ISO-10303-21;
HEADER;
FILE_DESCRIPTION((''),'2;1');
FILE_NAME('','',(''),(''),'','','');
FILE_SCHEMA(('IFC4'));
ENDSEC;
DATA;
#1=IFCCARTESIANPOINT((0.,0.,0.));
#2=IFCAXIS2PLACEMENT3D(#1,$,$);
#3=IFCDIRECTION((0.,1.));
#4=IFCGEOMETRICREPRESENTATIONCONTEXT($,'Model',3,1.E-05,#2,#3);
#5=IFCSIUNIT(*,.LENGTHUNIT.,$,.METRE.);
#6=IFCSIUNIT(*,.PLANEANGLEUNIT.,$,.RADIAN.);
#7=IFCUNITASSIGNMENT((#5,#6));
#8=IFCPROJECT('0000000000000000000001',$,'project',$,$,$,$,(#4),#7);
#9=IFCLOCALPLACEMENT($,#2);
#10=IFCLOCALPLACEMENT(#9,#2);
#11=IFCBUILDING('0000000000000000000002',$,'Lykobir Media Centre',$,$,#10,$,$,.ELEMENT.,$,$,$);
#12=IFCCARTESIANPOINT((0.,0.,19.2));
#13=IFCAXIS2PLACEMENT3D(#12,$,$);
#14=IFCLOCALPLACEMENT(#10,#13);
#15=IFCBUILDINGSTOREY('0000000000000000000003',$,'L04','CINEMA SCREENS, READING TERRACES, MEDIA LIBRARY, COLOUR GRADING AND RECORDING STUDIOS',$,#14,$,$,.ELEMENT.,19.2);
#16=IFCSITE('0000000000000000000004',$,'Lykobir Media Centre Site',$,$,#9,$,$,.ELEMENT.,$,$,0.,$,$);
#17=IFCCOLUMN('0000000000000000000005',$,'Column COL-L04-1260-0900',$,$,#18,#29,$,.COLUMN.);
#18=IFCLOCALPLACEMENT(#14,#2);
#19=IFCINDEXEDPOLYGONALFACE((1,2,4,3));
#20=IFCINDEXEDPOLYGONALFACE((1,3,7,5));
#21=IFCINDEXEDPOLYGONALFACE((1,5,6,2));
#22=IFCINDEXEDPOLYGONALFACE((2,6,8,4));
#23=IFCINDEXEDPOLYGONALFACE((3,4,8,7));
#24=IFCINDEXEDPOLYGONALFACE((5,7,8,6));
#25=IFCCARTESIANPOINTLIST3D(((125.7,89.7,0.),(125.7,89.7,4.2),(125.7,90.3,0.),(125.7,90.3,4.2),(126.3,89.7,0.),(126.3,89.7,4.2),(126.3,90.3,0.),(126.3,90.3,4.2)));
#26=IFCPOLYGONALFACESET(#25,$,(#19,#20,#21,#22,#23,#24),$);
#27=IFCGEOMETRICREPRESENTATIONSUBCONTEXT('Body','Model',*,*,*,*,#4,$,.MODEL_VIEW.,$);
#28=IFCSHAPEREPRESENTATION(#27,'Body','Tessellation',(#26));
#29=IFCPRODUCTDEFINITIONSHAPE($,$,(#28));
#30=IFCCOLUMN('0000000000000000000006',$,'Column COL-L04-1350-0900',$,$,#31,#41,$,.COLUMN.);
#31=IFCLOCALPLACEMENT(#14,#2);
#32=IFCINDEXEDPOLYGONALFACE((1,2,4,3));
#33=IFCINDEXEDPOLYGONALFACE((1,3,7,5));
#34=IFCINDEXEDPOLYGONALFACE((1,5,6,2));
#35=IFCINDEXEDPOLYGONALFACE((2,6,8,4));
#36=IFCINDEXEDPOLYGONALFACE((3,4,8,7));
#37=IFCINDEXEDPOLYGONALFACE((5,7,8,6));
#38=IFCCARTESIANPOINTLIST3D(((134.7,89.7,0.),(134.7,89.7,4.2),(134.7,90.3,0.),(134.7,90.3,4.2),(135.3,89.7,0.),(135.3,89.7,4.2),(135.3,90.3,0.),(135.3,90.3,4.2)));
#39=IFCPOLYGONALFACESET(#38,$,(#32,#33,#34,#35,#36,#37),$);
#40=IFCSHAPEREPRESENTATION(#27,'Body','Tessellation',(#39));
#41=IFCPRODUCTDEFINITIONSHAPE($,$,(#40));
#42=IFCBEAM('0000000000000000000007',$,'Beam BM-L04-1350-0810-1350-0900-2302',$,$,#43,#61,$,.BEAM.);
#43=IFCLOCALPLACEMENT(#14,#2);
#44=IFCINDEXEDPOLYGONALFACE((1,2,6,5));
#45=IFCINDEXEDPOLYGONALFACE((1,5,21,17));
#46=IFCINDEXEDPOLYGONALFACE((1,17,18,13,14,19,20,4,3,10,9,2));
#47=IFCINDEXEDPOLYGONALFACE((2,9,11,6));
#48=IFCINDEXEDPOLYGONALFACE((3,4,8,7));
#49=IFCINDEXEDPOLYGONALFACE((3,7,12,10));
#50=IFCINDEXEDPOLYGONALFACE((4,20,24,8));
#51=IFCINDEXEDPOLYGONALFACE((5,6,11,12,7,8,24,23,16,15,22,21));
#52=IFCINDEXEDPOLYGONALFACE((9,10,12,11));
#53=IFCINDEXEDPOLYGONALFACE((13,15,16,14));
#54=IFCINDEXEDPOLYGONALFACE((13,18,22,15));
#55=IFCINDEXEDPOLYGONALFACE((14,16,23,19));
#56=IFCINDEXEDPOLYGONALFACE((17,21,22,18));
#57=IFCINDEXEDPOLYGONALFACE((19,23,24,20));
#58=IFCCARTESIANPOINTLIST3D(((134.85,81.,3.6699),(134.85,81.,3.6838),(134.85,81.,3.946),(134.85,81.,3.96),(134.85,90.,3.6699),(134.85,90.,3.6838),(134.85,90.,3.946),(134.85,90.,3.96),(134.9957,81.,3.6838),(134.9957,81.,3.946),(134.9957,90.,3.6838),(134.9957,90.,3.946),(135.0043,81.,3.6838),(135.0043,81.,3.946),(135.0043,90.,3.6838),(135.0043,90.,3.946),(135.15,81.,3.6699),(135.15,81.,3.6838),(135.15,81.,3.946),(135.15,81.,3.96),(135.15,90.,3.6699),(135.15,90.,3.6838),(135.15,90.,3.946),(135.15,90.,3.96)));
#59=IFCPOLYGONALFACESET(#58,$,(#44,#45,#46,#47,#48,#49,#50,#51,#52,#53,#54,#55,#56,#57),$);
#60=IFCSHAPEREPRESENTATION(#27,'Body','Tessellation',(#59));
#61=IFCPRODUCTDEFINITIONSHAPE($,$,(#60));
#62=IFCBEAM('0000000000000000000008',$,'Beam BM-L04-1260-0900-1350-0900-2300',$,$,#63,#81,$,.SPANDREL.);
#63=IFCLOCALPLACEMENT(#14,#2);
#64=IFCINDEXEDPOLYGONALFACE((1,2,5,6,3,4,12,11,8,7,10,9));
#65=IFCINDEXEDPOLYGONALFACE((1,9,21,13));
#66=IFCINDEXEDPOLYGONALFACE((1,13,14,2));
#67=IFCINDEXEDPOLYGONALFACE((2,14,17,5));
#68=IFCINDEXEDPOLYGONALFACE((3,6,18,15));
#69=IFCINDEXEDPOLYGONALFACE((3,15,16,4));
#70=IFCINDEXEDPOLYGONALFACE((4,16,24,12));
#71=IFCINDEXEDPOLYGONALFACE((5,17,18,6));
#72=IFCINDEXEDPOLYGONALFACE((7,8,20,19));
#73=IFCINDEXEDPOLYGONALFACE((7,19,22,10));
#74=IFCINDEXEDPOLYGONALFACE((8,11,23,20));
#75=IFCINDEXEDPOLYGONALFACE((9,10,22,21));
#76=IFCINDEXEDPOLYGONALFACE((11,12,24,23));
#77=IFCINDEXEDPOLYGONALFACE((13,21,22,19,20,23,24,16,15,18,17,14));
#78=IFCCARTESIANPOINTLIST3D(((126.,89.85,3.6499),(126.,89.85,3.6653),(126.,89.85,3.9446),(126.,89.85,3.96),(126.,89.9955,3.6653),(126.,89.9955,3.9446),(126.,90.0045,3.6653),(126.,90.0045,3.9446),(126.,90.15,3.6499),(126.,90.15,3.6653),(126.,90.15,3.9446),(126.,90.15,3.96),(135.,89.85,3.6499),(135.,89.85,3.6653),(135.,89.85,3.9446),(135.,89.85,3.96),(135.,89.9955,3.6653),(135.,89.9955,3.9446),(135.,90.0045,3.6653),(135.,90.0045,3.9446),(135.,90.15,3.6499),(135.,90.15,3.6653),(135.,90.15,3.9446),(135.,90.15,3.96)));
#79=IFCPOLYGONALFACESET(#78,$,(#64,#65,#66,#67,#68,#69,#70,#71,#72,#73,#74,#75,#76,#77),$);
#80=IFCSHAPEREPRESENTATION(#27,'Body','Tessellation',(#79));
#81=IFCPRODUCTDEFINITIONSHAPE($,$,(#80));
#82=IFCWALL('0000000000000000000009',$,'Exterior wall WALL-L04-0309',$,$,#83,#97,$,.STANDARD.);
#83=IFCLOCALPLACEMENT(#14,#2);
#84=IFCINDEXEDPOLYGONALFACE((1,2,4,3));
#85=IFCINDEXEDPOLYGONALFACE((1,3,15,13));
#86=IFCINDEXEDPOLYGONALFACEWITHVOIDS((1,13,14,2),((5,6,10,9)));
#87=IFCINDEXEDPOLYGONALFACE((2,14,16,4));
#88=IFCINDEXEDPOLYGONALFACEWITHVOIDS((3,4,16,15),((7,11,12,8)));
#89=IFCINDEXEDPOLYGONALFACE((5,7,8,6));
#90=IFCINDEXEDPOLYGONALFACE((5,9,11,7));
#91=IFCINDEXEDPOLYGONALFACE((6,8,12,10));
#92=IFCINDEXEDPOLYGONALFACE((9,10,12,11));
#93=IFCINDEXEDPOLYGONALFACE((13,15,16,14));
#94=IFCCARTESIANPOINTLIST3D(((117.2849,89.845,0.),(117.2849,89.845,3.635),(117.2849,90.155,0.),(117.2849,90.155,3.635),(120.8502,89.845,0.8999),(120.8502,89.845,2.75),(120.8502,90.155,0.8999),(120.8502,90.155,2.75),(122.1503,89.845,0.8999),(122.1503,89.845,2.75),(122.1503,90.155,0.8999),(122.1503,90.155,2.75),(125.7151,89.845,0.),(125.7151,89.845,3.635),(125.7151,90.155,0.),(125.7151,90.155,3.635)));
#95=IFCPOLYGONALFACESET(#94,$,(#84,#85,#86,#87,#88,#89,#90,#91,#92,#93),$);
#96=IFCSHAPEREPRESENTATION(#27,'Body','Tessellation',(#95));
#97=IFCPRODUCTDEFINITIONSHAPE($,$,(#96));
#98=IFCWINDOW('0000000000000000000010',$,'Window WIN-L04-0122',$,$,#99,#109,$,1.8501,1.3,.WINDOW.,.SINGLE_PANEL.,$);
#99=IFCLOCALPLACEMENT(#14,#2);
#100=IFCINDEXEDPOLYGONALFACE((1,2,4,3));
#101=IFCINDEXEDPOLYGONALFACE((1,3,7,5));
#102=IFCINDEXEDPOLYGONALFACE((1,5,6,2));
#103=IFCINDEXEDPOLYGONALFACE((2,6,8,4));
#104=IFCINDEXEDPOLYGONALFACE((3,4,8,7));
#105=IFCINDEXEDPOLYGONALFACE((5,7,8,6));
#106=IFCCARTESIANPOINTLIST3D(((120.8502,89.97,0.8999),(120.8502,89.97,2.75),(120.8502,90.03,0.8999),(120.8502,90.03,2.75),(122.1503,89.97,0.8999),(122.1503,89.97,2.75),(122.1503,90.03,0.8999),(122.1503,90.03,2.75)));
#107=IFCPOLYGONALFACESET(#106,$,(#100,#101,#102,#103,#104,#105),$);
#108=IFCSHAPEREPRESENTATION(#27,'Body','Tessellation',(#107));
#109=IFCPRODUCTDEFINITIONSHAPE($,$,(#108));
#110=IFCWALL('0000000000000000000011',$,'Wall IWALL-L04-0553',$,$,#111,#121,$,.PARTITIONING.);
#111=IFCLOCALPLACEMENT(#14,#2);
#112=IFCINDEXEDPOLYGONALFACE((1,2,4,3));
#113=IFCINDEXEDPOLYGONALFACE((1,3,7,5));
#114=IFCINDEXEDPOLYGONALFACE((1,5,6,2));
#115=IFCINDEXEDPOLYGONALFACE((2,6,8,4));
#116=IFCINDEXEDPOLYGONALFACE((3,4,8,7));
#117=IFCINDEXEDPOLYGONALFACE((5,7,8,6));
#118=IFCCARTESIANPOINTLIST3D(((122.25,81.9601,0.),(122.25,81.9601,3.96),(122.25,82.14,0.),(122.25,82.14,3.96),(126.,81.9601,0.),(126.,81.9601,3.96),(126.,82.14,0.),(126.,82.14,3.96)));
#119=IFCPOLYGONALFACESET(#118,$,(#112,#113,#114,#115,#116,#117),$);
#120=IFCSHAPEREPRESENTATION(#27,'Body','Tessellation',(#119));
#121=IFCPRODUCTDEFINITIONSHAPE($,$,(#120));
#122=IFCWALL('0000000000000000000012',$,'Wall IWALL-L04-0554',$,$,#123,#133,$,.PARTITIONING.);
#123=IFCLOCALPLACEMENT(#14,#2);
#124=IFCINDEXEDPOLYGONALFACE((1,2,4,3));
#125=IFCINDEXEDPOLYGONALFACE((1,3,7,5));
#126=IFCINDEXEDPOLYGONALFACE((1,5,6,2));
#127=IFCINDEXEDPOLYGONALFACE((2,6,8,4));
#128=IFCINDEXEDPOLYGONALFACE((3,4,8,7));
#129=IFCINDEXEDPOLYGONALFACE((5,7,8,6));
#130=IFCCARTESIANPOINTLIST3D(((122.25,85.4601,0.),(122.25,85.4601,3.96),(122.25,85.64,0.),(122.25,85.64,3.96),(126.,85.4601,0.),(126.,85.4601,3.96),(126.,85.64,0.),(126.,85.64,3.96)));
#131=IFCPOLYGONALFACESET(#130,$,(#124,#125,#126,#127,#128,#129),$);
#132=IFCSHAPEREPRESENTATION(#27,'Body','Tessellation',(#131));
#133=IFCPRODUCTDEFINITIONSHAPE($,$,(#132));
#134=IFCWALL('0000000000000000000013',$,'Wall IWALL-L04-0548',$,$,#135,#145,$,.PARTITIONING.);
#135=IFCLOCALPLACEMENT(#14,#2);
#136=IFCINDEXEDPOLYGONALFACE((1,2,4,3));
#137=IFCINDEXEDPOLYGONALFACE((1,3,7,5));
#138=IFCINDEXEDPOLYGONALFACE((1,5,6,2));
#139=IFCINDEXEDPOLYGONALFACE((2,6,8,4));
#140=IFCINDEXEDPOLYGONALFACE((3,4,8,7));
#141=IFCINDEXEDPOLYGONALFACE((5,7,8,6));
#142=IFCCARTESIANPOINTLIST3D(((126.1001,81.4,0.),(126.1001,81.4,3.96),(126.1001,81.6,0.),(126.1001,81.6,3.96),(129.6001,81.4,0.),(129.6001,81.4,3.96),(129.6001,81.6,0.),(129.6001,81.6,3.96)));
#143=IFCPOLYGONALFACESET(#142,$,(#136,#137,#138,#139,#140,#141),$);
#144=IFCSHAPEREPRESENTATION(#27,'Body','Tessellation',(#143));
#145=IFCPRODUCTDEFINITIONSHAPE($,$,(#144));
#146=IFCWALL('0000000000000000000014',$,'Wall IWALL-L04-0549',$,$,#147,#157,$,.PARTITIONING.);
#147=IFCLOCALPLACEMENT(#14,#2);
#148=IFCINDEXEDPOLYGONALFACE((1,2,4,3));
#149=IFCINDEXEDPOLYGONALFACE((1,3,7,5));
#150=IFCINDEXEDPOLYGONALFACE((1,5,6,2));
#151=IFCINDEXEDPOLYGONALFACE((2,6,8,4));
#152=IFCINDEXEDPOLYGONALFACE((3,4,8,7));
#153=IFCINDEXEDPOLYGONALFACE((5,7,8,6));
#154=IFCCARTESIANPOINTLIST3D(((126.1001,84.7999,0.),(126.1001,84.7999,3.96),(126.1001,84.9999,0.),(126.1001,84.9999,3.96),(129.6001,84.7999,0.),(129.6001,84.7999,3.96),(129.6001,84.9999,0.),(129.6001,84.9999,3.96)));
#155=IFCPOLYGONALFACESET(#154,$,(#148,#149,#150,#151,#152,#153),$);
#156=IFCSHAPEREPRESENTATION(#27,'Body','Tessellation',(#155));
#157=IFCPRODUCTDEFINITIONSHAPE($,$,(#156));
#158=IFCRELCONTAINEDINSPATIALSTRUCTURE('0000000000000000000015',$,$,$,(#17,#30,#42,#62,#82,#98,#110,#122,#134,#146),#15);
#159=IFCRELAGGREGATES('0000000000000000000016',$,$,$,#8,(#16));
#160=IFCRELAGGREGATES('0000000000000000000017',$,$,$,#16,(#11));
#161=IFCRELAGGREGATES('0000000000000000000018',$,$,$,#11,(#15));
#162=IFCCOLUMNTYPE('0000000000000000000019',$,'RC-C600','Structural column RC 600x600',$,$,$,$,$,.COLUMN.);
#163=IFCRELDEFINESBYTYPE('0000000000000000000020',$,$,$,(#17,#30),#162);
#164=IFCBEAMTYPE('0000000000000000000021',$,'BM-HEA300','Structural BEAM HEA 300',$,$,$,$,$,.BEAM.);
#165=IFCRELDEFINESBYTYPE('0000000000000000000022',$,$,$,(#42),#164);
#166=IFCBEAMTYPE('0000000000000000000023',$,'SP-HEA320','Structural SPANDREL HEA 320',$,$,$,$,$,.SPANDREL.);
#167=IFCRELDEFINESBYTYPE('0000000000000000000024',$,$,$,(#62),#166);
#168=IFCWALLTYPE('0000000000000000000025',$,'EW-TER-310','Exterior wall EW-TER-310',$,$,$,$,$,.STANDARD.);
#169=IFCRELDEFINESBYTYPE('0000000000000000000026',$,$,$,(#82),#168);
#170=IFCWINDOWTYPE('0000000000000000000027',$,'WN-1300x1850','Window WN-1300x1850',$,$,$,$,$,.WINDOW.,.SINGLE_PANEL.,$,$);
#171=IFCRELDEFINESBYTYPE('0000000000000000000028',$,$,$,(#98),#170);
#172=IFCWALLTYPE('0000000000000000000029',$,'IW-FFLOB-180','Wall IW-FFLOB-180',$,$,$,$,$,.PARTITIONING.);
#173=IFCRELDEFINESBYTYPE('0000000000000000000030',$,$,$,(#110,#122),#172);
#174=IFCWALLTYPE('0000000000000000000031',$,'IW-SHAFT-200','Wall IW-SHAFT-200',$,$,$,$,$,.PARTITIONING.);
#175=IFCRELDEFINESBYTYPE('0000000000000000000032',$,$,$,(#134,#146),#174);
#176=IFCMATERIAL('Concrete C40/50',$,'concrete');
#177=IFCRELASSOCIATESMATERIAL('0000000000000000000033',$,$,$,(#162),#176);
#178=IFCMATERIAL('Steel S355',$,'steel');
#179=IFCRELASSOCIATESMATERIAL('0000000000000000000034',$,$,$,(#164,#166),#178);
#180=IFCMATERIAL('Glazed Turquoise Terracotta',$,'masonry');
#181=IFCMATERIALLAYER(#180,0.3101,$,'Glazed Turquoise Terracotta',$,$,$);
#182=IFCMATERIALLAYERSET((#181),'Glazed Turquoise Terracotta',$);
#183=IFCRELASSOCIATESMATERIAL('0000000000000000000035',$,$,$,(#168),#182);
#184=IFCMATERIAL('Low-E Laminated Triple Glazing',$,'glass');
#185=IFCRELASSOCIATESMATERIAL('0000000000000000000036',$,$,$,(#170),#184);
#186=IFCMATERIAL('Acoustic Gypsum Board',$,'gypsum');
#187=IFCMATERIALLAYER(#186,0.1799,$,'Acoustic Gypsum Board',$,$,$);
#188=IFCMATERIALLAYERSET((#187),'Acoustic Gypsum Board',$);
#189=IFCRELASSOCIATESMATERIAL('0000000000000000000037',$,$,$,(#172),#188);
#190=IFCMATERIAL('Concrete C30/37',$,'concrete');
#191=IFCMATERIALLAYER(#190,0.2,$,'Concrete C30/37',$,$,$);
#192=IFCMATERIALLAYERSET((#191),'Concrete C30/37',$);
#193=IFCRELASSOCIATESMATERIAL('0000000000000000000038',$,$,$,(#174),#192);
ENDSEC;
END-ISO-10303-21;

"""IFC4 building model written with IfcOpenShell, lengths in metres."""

from ifc_helpers import new_model, si_unit, direction, frame, frame_2d, origin, origin_2d, place, context, subcontext, project, spatial, rectangle, i_section, extrude, material, layer, layer_set, material_profile, profile_set, type_object, element, fill, save


model = new_model("IFC4")

# Units and contexts
model_context = context("Model", 3, precision=1e-05, world=origin(), true_north=direction((0.0, 1.0)))
body_context = subcontext(model_context, "Body", "Model", "MODEL_VIEW")
ifc_project = project(units=[si_unit("LENGTHUNIT", "METRE"), si_unit("PLANEANGLEUNIT", "RADIAN")], contexts=[model_context])

# Site, building, storey
site_placement = place(None, origin())
site = spatial("IfcSite", under=ifc_project, at=site_placement, Name="Lykobir Media Centre Site", CompositionType="ELEMENT", RefElevation=0.0)
building_placement = place(site_placement, origin())
building = spatial("IfcBuilding", under=site, at=building_placement, Name="Lykobir Media Centre", CompositionType="ELEMENT")
storey_placement = place(building_placement, frame((0.0, 0.0, 19.2)))
storey = spatial("IfcBuildingStorey", under=building, at=storey_placement, Name="L04", Description="CINEMA SCREENS, READING TERRACES, MEDIA LIBRARY, COLOUR GRADING AND RECORDING STUDIOS", CompositionType="ELEMENT", Elevation=19.2)

# Columns
ifc_material_1 = material(Name="Concrete C40/50", Category="concrete")
ifc_material_profile_1 = material_profile(ifc_material_1, rectangle(XDim=0.6001, YDim=0.6001, at=origin_2d()), Name="RC 600x600")
ifc_profile_set_1 = profile_set([ifc_material_profile_1], Name="Concrete C40/50")
column_type = type_object("IfcColumnType", Name="RC-C600", Description="Structural column RC 600x600", PredefinedType="COLUMN", material=ifc_profile_set_1)
for number, where, z_axis, x_axis, name in (
    (1, (126.0, 90.0, 0.0), (0.0, 0.0, 1.0), (1.0, 0.0, 0.0), "Column COL-L04-1260-0900"),
    (2, (135.0, 90.0, 0.0), (0.0, 0.0, 1.0), (1.0, 0.0, 0.0), "Column COL-L04-1350-0900"),
):
    element("IfcColumn", number, at=place(storey_placement, frame(where, z_axis=z_axis, x_axis=x_axis)), inside=storey, type_object=column_type, Name=name, PredefinedType="COLUMN", context=body_context, shape_type="SweptSolid", body=[
        extrude(rectangle(XDim=0.6001, YDim=0.6001, at=origin_2d()), origin(), (0.0, 0.0, 1.0), 4.2),
    ])

# Beams
ifc_material_2 = material(Name="Steel S355", Category="steel")
ifc_material_profile_2 = material_profile(ifc_material_2, i_section(OverallWidth=0.3, OverallDepth=0.29, WebThickness=0.0085, FlangeThickness=0.0139, at=origin_2d()), Name="HEA 300")
ifc_profile_set_2 = profile_set([ifc_material_profile_2], Name="Steel S355")
beam_type_1 = type_object("IfcBeamType", Name="BM-HEA300", Description="Structural BEAM HEA 300", PredefinedType="BEAM", material=ifc_profile_set_2)
beam_1_placement = place(storey_placement, frame((135.0, 81.0, 3.8149), z_axis=(0.0, 1.0, 0.0), x_axis=(-1.0, 0.0, 0.0)))
element("IfcBeam", 3, at=beam_1_placement, inside=storey, type_object=beam_type_1, Name="Beam BM-L04-1350-0810-1350-0900-2302", PredefinedType="BEAM", context=body_context, shape_type="SweptSolid", body=[
    extrude(i_section(OverallWidth=0.3, OverallDepth=0.29, WebThickness=0.0085, FlangeThickness=0.0139, at=origin_2d()), origin(), (0.0, 0.0, 1.0), 9.0),
])
ifc_material_profile_3 = material_profile(ifc_material_2, i_section(OverallWidth=0.3, OverallDepth=0.3101, WebThickness=0.009, FlangeThickness=0.0154, at=origin_2d()), Name="HEA 320")
ifc_profile_set_3 = profile_set([ifc_material_profile_3], Name="Steel S355")
beam_type_2 = type_object("IfcBeamType", Name="SP-HEA320", Description="Structural SPANDREL HEA 320", PredefinedType="SPANDREL", material=ifc_profile_set_3)
beam_2_placement = place(storey_placement, frame((126.0, 90.0, 3.8049), z_axis=(1.0, 0.0, 0.0), x_axis=(0.0, 1.0, 0.0)))
element("IfcBeam", 4, at=beam_2_placement, inside=storey, type_object=beam_type_2, Name="Beam BM-L04-1260-0900-1350-0900-2300", PredefinedType="SPANDREL", context=body_context, shape_type="SweptSolid", body=[
    extrude(i_section(OverallWidth=0.3, OverallDepth=0.3101, WebThickness=0.009, FlangeThickness=0.0154, at=origin_2d()), origin(), (0.0, 0.0, 1.0), 9.0),
])

# Wall, opening, window
ifc_material_3 = material(Name="Glazed Turquoise Terracotta", Category="masonry")
ifc_layer_1 = layer(ifc_material_3, 0.3101, Name="Glazed Turquoise Terracotta")
ifc_layer_set_1 = layer_set([ifc_layer_1], Name="Glazed Turquoise Terracotta")
wall_type_1 = type_object("IfcWallType", Name="EW-TER-310", Description="Exterior wall EW-TER-310", PredefinedType="STANDARD", material=ifc_layer_set_1)
wall_1_placement = place(storey_placement, frame((125.7151, 90.0, 0.0), z_axis=(0.0, 0.0, 1.0), x_axis=(-1.0, 0.0, 0.0)))
wall_1 = element("IfcWall", 5, at=wall_1_placement, inside=storey, type_object=wall_type_1, Name="Exterior wall WALL-L04-0309", PredefinedType="STANDARD", context=body_context, shape_type="SweptSolid", body=[
    extrude(rectangle(XDim=8.4302, YDim=0.3101, at=frame_2d((4.2151, 0.0))), origin(), (0.0, 0.0, 1.0), 3.635),
])
opening_1_placement = place(wall_1_placement, frame((3.5649, 0.0, 0.8999)))
opening_1 = element("IfcOpeningElement", 6, at=opening_1_placement, cuts=wall_1, PredefinedType="OPENING", context=body_context, shape_type="SweptSolid", body=[
    extrude(rectangle(XDim=1.3, YDim=1.8501, at=frame_2d((0.6499, 0.925))), frame((0.0, 0.165, 0.0), z_axis=(0.0, -1.0, 0.0), x_axis=(1.0, 0.0, 0.0)), (0.0, 0.0, 1.0), 0.3301),
])
ifc_material_4 = material(Name="Low-E Laminated Triple Glazing", Category="glass")
window_type = type_object("IfcWindowType", Name="WN-1300x1850", Description="Window WN-1300x1850", PartitioningType="SINGLE_PANEL", PredefinedType="WINDOW", material=ifc_material_4)
window_placement = place(opening_1_placement, origin())
window = element("IfcWindow", 7, at=window_placement, inside=storey, type_object=window_type, Name="Window WIN-L04-0122", OverallHeight=1.8501, OverallWidth=1.3, PartitioningType="SINGLE_PANEL", PredefinedType="WINDOW", context=body_context, shape_type="SweptSolid", body=[
    extrude(rectangle(XDim=1.3, YDim=1.8501, at=frame_2d((0.6499, 0.925))), frame((0.0, 0.03, 0.0), z_axis=(0.0, -1.0, 0.0), x_axis=(1.0, 0.0, 0.0)), (0.0, 0.0, 1.0), 0.0601),
])
fill(opening_1, window)

# Walls
ifc_material_5 = material(Name="Acoustic Gypsum Board", Category="gypsum")
ifc_layer_2 = layer(ifc_material_5, 0.1799, Name="Acoustic Gypsum Board")
ifc_layer_set_2 = layer_set([ifc_layer_2], Name="Acoustic Gypsum Board")
wall_type_2 = type_object("IfcWallType", Name="IW-FFLOB-180", Description="Wall IW-FFLOB-180", PredefinedType="PARTITIONING", material=ifc_layer_set_2)
for number, where, z_axis, x_axis, name in (
    (8, (122.25, 82.05, 0.0), (0.0, 0.0, 1.0), (1.0, 0.0, 0.0), "Wall IWALL-L04-0553"),
    (9, (122.25, 85.55, 0.0), (0.0, 0.0, 1.0), (1.0, 0.0, 0.0), "Wall IWALL-L04-0554"),
):
    element("IfcWall", number, at=place(storey_placement, frame(where, z_axis=z_axis, x_axis=x_axis)), inside=storey, type_object=wall_type_2, Name=name, PredefinedType="PARTITIONING", context=body_context, shape_type="SweptSolid", body=[
        extrude(rectangle(XDim=3.75, YDim=0.1799, at=frame_2d((1.875, 0.0))), origin(), (0.0, 0.0, 1.0), 3.96),
    ])
ifc_material_6 = material(Name="Concrete C30/37", Category="concrete")
ifc_layer_3 = layer(ifc_material_6, 0.2, Name="Concrete C30/37")
ifc_layer_set_3 = layer_set([ifc_layer_3], Name="Concrete C30/37")
wall_type_3 = type_object("IfcWallType", Name="IW-SHAFT-200", Description="Wall IW-SHAFT-200", PredefinedType="PARTITIONING", material=ifc_layer_set_3)
for number, where, z_axis, x_axis, name in (
    (10, (126.1001, 81.5, 0.0), (0.0, 0.0, 1.0), (1.0, 0.0, 0.0), "Wall IWALL-L04-0548"),
    (11, (126.1001, 84.8999, 0.0), (0.0, 0.0, 1.0), (1.0, 0.0, 0.0), "Wall IWALL-L04-0549"),
):
    element("IfcWall", number, at=place(storey_placement, frame(where, z_axis=z_axis, x_axis=x_axis)), inside=storey, type_object=wall_type_3, Name=name, PredefinedType="PARTITIONING", context=body_context, shape_type="SweptSolid", body=[
        extrude(rectangle(XDim=3.5, YDim=0.2, at=frame_2d((1.75, 0.0))), origin(), (0.0, 0.0, 1.0), 3.96),
    ])

save(model, "model.ifc")
